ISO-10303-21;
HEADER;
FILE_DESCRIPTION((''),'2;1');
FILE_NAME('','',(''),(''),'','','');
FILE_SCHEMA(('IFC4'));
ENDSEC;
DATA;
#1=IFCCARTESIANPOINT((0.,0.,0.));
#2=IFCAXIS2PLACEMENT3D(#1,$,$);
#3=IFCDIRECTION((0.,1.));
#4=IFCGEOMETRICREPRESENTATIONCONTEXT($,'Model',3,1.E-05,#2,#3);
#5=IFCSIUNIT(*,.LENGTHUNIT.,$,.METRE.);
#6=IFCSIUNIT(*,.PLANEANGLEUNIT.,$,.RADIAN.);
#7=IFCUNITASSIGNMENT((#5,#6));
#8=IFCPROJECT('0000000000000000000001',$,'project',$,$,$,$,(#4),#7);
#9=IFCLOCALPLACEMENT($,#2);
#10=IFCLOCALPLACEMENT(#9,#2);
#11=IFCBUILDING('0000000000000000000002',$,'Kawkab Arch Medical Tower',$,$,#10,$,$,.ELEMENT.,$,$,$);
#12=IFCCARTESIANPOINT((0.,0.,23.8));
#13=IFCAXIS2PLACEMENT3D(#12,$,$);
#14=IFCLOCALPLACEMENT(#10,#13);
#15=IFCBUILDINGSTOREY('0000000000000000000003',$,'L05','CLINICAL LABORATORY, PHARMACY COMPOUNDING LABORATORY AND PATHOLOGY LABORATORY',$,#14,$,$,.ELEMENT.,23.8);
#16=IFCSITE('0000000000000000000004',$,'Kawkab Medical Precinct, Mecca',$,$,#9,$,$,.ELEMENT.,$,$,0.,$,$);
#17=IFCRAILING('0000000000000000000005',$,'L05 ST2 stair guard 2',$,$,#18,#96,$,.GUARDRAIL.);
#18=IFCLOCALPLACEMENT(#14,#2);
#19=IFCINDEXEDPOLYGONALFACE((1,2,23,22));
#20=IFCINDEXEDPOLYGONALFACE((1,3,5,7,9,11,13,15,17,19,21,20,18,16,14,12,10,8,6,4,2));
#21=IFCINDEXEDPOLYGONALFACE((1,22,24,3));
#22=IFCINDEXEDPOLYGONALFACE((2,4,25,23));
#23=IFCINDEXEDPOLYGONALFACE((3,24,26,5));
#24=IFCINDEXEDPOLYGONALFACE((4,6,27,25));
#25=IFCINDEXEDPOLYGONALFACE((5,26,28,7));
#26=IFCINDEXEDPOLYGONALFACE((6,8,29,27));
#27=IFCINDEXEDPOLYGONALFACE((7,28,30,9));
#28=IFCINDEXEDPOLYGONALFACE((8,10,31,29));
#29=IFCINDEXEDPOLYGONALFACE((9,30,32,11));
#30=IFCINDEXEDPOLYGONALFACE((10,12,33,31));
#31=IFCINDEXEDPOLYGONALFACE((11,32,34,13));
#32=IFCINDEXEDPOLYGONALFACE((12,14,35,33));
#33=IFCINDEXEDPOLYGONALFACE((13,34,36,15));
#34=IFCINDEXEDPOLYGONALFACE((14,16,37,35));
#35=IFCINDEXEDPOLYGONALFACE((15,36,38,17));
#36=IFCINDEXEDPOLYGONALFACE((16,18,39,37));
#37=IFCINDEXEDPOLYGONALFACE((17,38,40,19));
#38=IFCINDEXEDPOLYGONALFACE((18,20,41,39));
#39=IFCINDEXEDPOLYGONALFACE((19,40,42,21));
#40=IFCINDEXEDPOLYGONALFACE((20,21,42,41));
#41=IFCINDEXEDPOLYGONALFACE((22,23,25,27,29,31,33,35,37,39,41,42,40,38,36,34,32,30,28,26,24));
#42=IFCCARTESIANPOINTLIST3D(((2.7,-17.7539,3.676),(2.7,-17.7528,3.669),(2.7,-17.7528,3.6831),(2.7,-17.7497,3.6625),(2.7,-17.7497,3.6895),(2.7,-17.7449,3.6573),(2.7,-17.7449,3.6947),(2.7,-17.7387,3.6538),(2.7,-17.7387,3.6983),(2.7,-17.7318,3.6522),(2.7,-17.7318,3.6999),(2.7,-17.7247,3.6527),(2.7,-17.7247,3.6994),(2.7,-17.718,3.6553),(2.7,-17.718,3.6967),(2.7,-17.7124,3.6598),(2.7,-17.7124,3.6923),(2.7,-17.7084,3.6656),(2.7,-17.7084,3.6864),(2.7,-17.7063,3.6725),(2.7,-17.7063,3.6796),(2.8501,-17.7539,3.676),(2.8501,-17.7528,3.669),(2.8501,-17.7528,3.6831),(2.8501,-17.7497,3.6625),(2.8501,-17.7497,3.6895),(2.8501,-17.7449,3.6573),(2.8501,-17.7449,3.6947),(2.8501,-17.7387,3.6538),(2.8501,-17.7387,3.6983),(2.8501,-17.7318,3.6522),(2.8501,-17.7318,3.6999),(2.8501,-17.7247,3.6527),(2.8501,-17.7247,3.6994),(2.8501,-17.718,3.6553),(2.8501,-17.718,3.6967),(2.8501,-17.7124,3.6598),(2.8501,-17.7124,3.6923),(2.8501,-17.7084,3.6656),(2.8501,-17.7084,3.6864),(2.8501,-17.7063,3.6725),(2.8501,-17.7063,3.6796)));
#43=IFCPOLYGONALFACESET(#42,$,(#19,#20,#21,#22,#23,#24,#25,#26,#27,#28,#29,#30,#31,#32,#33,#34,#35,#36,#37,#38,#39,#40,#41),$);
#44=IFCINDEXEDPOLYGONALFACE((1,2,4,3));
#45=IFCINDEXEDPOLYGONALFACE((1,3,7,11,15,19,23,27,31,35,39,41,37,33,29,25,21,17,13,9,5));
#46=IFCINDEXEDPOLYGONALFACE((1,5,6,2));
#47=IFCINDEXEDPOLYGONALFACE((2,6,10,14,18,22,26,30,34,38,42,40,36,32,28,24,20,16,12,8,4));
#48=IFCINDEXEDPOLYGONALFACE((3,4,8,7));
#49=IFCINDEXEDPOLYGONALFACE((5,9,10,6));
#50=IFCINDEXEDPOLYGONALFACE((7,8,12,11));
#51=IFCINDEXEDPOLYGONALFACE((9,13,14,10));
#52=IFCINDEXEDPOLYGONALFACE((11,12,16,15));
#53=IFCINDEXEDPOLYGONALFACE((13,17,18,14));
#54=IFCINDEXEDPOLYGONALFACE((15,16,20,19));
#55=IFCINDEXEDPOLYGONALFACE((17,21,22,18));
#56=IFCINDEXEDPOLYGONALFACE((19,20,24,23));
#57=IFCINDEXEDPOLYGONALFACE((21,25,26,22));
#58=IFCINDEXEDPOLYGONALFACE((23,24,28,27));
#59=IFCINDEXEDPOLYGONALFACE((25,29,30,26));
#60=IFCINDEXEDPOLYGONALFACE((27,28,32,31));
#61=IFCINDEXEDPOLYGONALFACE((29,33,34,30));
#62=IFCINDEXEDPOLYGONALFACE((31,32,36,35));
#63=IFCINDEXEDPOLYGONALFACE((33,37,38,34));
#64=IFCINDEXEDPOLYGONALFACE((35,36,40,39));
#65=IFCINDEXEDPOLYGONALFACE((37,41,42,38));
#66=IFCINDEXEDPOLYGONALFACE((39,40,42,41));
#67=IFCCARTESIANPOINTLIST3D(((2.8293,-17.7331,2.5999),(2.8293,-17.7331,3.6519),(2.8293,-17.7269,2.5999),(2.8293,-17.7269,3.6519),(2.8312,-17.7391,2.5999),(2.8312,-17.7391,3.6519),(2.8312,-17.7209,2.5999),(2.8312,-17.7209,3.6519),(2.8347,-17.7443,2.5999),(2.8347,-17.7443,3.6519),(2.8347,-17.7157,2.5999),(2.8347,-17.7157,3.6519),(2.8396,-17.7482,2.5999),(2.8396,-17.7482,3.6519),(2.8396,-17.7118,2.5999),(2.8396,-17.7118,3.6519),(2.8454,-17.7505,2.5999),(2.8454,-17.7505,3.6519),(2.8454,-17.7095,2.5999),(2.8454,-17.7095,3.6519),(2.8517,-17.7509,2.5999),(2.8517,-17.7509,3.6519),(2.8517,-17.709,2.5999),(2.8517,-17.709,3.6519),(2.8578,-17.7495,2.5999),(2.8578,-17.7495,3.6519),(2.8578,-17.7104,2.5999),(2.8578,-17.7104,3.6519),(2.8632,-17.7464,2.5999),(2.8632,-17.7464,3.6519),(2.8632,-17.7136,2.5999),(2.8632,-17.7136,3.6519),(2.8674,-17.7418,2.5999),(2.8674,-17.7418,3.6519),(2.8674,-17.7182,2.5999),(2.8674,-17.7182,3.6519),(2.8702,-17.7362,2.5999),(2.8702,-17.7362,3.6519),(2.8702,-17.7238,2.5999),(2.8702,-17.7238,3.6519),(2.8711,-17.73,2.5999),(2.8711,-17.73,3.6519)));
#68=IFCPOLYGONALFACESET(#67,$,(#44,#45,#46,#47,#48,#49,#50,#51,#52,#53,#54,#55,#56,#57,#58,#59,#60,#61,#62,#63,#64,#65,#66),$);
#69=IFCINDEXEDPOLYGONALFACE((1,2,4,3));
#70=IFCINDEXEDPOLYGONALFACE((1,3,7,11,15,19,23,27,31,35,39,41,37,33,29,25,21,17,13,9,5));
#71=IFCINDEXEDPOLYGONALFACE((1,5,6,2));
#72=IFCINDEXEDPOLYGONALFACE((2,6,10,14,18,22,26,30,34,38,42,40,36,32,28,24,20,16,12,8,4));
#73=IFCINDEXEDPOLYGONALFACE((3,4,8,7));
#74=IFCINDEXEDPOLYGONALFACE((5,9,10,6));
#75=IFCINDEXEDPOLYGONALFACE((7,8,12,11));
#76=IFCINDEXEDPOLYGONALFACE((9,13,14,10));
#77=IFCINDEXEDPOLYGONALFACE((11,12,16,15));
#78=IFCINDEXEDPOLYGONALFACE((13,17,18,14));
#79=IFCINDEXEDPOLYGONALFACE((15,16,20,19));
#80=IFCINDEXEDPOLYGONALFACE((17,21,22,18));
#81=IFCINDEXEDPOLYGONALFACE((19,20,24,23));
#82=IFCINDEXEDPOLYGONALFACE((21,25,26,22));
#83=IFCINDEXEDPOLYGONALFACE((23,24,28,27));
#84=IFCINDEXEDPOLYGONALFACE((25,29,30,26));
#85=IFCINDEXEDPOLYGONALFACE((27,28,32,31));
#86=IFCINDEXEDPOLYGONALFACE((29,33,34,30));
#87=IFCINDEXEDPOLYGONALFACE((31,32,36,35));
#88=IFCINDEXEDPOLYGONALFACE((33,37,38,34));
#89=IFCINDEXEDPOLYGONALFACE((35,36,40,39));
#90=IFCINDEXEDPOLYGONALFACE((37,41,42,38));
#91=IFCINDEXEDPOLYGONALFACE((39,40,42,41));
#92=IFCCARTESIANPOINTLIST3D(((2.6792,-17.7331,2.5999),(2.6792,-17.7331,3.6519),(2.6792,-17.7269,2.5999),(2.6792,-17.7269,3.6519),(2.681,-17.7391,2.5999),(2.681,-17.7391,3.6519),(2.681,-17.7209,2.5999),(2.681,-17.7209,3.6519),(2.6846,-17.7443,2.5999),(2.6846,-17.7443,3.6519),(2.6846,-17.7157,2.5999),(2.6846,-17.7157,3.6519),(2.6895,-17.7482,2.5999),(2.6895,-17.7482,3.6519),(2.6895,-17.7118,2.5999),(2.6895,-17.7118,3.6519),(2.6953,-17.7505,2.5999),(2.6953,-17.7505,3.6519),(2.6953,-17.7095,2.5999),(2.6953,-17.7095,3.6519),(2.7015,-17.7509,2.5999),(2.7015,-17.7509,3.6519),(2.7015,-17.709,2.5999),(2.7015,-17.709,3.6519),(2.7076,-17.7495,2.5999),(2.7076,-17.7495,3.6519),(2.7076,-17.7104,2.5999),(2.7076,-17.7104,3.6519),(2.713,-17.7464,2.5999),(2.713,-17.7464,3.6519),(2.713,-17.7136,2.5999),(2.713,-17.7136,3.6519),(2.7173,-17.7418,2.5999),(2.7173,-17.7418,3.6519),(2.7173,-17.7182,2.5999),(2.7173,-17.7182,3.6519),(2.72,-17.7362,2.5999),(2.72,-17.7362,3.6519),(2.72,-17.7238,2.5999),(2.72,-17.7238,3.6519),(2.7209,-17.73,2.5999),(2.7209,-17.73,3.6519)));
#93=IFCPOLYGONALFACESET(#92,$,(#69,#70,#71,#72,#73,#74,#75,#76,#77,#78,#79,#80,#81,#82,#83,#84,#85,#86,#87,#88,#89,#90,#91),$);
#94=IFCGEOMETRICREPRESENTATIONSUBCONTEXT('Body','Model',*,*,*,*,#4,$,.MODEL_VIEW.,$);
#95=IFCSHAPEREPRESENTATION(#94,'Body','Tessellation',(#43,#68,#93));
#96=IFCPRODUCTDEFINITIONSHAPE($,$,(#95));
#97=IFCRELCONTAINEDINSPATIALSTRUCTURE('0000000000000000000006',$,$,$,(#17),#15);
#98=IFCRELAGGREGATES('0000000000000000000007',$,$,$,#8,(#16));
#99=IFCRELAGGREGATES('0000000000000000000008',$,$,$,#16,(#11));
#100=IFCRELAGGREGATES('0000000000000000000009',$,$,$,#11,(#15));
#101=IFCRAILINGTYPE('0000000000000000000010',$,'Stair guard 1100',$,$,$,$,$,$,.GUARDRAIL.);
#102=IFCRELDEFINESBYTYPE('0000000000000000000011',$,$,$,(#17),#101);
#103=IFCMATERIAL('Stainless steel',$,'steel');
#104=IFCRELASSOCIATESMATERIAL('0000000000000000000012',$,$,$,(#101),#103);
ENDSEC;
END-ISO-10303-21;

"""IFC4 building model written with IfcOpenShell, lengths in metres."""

from ifc_helpers import new_model, si_unit, direction, frame, origin, origin_2d, place, context, subcontext, project, spatial, circle, extrude, material, type_object, element, save


model = new_model("IFC4")

# Units and contexts
model_context = context("Model", 3, precision=1e-05, world=origin(), true_north=direction((0.0, 1.0)))
body_context = subcontext(model_context, "Body", "Model", "MODEL_VIEW")
ifc_project = project(units=[si_unit("LENGTHUNIT", "METRE"), si_unit("PLANEANGLEUNIT", "RADIAN")], contexts=[model_context])

# Site, building, storey
site_placement = place(None, origin())
site = spatial("IfcSite", under=ifc_project, at=site_placement, Name="Kawkab Medical Precinct, Mecca", CompositionType="ELEMENT", RefElevation=0.0)
building_placement = place(site_placement, origin())
building = spatial("IfcBuilding", under=site, at=building_placement, Name="Kawkab Arch Medical Tower", CompositionType="ELEMENT")
storey_placement = place(building_placement, frame((0.0, 0.0, 23.8)))
storey = spatial("IfcBuildingStorey", under=building, at=storey_placement, Name="L05", Description="CLINICAL LABORATORY, PHARMACY COMPOUNDING LABORATORY AND PATHOLOGY LABORATORY", CompositionType="ELEMENT", Elevation=23.8)

# Railing
ifc_material_1 = material(Name="Stainless steel", Category="steel")
railing_type = type_object("IfcRailingType", Name="Stair guard 1100", PredefinedType="GUARDRAIL", material=ifc_material_1)
railing_1_placement = place(storey_placement, frame((2.8501, -17.73, 2.5999)))
element("IfcRailing", 1, at=railing_1_placement, inside=storey, type_object=railing_type, Name="L05 ST2 stair guard 2", PredefinedType="GUARDRAIL", context=body_context, shape_type="SweptSolid", body=[
    extrude(circle(Radius=0.0239, at=origin_2d()), frame((0.0, 0.0, 1.0762), z_axis=(-1.0, 0.0, 0.0), x_axis=(0.0, -1.0, 0.0)), (0.0, 0.0, 1.0), 0.1501),
    extrude(circle(Radius=0.021, at=origin_2d()), origin(), (0.0, 0.0, 1.0), 1.052),
    extrude(circle(Radius=0.021, at=origin_2d()), frame((-0.1501, 0.0, 0.0)), (0.0, 0.0, 1.0), 1.052),
])

save(model, "model.ifc")
